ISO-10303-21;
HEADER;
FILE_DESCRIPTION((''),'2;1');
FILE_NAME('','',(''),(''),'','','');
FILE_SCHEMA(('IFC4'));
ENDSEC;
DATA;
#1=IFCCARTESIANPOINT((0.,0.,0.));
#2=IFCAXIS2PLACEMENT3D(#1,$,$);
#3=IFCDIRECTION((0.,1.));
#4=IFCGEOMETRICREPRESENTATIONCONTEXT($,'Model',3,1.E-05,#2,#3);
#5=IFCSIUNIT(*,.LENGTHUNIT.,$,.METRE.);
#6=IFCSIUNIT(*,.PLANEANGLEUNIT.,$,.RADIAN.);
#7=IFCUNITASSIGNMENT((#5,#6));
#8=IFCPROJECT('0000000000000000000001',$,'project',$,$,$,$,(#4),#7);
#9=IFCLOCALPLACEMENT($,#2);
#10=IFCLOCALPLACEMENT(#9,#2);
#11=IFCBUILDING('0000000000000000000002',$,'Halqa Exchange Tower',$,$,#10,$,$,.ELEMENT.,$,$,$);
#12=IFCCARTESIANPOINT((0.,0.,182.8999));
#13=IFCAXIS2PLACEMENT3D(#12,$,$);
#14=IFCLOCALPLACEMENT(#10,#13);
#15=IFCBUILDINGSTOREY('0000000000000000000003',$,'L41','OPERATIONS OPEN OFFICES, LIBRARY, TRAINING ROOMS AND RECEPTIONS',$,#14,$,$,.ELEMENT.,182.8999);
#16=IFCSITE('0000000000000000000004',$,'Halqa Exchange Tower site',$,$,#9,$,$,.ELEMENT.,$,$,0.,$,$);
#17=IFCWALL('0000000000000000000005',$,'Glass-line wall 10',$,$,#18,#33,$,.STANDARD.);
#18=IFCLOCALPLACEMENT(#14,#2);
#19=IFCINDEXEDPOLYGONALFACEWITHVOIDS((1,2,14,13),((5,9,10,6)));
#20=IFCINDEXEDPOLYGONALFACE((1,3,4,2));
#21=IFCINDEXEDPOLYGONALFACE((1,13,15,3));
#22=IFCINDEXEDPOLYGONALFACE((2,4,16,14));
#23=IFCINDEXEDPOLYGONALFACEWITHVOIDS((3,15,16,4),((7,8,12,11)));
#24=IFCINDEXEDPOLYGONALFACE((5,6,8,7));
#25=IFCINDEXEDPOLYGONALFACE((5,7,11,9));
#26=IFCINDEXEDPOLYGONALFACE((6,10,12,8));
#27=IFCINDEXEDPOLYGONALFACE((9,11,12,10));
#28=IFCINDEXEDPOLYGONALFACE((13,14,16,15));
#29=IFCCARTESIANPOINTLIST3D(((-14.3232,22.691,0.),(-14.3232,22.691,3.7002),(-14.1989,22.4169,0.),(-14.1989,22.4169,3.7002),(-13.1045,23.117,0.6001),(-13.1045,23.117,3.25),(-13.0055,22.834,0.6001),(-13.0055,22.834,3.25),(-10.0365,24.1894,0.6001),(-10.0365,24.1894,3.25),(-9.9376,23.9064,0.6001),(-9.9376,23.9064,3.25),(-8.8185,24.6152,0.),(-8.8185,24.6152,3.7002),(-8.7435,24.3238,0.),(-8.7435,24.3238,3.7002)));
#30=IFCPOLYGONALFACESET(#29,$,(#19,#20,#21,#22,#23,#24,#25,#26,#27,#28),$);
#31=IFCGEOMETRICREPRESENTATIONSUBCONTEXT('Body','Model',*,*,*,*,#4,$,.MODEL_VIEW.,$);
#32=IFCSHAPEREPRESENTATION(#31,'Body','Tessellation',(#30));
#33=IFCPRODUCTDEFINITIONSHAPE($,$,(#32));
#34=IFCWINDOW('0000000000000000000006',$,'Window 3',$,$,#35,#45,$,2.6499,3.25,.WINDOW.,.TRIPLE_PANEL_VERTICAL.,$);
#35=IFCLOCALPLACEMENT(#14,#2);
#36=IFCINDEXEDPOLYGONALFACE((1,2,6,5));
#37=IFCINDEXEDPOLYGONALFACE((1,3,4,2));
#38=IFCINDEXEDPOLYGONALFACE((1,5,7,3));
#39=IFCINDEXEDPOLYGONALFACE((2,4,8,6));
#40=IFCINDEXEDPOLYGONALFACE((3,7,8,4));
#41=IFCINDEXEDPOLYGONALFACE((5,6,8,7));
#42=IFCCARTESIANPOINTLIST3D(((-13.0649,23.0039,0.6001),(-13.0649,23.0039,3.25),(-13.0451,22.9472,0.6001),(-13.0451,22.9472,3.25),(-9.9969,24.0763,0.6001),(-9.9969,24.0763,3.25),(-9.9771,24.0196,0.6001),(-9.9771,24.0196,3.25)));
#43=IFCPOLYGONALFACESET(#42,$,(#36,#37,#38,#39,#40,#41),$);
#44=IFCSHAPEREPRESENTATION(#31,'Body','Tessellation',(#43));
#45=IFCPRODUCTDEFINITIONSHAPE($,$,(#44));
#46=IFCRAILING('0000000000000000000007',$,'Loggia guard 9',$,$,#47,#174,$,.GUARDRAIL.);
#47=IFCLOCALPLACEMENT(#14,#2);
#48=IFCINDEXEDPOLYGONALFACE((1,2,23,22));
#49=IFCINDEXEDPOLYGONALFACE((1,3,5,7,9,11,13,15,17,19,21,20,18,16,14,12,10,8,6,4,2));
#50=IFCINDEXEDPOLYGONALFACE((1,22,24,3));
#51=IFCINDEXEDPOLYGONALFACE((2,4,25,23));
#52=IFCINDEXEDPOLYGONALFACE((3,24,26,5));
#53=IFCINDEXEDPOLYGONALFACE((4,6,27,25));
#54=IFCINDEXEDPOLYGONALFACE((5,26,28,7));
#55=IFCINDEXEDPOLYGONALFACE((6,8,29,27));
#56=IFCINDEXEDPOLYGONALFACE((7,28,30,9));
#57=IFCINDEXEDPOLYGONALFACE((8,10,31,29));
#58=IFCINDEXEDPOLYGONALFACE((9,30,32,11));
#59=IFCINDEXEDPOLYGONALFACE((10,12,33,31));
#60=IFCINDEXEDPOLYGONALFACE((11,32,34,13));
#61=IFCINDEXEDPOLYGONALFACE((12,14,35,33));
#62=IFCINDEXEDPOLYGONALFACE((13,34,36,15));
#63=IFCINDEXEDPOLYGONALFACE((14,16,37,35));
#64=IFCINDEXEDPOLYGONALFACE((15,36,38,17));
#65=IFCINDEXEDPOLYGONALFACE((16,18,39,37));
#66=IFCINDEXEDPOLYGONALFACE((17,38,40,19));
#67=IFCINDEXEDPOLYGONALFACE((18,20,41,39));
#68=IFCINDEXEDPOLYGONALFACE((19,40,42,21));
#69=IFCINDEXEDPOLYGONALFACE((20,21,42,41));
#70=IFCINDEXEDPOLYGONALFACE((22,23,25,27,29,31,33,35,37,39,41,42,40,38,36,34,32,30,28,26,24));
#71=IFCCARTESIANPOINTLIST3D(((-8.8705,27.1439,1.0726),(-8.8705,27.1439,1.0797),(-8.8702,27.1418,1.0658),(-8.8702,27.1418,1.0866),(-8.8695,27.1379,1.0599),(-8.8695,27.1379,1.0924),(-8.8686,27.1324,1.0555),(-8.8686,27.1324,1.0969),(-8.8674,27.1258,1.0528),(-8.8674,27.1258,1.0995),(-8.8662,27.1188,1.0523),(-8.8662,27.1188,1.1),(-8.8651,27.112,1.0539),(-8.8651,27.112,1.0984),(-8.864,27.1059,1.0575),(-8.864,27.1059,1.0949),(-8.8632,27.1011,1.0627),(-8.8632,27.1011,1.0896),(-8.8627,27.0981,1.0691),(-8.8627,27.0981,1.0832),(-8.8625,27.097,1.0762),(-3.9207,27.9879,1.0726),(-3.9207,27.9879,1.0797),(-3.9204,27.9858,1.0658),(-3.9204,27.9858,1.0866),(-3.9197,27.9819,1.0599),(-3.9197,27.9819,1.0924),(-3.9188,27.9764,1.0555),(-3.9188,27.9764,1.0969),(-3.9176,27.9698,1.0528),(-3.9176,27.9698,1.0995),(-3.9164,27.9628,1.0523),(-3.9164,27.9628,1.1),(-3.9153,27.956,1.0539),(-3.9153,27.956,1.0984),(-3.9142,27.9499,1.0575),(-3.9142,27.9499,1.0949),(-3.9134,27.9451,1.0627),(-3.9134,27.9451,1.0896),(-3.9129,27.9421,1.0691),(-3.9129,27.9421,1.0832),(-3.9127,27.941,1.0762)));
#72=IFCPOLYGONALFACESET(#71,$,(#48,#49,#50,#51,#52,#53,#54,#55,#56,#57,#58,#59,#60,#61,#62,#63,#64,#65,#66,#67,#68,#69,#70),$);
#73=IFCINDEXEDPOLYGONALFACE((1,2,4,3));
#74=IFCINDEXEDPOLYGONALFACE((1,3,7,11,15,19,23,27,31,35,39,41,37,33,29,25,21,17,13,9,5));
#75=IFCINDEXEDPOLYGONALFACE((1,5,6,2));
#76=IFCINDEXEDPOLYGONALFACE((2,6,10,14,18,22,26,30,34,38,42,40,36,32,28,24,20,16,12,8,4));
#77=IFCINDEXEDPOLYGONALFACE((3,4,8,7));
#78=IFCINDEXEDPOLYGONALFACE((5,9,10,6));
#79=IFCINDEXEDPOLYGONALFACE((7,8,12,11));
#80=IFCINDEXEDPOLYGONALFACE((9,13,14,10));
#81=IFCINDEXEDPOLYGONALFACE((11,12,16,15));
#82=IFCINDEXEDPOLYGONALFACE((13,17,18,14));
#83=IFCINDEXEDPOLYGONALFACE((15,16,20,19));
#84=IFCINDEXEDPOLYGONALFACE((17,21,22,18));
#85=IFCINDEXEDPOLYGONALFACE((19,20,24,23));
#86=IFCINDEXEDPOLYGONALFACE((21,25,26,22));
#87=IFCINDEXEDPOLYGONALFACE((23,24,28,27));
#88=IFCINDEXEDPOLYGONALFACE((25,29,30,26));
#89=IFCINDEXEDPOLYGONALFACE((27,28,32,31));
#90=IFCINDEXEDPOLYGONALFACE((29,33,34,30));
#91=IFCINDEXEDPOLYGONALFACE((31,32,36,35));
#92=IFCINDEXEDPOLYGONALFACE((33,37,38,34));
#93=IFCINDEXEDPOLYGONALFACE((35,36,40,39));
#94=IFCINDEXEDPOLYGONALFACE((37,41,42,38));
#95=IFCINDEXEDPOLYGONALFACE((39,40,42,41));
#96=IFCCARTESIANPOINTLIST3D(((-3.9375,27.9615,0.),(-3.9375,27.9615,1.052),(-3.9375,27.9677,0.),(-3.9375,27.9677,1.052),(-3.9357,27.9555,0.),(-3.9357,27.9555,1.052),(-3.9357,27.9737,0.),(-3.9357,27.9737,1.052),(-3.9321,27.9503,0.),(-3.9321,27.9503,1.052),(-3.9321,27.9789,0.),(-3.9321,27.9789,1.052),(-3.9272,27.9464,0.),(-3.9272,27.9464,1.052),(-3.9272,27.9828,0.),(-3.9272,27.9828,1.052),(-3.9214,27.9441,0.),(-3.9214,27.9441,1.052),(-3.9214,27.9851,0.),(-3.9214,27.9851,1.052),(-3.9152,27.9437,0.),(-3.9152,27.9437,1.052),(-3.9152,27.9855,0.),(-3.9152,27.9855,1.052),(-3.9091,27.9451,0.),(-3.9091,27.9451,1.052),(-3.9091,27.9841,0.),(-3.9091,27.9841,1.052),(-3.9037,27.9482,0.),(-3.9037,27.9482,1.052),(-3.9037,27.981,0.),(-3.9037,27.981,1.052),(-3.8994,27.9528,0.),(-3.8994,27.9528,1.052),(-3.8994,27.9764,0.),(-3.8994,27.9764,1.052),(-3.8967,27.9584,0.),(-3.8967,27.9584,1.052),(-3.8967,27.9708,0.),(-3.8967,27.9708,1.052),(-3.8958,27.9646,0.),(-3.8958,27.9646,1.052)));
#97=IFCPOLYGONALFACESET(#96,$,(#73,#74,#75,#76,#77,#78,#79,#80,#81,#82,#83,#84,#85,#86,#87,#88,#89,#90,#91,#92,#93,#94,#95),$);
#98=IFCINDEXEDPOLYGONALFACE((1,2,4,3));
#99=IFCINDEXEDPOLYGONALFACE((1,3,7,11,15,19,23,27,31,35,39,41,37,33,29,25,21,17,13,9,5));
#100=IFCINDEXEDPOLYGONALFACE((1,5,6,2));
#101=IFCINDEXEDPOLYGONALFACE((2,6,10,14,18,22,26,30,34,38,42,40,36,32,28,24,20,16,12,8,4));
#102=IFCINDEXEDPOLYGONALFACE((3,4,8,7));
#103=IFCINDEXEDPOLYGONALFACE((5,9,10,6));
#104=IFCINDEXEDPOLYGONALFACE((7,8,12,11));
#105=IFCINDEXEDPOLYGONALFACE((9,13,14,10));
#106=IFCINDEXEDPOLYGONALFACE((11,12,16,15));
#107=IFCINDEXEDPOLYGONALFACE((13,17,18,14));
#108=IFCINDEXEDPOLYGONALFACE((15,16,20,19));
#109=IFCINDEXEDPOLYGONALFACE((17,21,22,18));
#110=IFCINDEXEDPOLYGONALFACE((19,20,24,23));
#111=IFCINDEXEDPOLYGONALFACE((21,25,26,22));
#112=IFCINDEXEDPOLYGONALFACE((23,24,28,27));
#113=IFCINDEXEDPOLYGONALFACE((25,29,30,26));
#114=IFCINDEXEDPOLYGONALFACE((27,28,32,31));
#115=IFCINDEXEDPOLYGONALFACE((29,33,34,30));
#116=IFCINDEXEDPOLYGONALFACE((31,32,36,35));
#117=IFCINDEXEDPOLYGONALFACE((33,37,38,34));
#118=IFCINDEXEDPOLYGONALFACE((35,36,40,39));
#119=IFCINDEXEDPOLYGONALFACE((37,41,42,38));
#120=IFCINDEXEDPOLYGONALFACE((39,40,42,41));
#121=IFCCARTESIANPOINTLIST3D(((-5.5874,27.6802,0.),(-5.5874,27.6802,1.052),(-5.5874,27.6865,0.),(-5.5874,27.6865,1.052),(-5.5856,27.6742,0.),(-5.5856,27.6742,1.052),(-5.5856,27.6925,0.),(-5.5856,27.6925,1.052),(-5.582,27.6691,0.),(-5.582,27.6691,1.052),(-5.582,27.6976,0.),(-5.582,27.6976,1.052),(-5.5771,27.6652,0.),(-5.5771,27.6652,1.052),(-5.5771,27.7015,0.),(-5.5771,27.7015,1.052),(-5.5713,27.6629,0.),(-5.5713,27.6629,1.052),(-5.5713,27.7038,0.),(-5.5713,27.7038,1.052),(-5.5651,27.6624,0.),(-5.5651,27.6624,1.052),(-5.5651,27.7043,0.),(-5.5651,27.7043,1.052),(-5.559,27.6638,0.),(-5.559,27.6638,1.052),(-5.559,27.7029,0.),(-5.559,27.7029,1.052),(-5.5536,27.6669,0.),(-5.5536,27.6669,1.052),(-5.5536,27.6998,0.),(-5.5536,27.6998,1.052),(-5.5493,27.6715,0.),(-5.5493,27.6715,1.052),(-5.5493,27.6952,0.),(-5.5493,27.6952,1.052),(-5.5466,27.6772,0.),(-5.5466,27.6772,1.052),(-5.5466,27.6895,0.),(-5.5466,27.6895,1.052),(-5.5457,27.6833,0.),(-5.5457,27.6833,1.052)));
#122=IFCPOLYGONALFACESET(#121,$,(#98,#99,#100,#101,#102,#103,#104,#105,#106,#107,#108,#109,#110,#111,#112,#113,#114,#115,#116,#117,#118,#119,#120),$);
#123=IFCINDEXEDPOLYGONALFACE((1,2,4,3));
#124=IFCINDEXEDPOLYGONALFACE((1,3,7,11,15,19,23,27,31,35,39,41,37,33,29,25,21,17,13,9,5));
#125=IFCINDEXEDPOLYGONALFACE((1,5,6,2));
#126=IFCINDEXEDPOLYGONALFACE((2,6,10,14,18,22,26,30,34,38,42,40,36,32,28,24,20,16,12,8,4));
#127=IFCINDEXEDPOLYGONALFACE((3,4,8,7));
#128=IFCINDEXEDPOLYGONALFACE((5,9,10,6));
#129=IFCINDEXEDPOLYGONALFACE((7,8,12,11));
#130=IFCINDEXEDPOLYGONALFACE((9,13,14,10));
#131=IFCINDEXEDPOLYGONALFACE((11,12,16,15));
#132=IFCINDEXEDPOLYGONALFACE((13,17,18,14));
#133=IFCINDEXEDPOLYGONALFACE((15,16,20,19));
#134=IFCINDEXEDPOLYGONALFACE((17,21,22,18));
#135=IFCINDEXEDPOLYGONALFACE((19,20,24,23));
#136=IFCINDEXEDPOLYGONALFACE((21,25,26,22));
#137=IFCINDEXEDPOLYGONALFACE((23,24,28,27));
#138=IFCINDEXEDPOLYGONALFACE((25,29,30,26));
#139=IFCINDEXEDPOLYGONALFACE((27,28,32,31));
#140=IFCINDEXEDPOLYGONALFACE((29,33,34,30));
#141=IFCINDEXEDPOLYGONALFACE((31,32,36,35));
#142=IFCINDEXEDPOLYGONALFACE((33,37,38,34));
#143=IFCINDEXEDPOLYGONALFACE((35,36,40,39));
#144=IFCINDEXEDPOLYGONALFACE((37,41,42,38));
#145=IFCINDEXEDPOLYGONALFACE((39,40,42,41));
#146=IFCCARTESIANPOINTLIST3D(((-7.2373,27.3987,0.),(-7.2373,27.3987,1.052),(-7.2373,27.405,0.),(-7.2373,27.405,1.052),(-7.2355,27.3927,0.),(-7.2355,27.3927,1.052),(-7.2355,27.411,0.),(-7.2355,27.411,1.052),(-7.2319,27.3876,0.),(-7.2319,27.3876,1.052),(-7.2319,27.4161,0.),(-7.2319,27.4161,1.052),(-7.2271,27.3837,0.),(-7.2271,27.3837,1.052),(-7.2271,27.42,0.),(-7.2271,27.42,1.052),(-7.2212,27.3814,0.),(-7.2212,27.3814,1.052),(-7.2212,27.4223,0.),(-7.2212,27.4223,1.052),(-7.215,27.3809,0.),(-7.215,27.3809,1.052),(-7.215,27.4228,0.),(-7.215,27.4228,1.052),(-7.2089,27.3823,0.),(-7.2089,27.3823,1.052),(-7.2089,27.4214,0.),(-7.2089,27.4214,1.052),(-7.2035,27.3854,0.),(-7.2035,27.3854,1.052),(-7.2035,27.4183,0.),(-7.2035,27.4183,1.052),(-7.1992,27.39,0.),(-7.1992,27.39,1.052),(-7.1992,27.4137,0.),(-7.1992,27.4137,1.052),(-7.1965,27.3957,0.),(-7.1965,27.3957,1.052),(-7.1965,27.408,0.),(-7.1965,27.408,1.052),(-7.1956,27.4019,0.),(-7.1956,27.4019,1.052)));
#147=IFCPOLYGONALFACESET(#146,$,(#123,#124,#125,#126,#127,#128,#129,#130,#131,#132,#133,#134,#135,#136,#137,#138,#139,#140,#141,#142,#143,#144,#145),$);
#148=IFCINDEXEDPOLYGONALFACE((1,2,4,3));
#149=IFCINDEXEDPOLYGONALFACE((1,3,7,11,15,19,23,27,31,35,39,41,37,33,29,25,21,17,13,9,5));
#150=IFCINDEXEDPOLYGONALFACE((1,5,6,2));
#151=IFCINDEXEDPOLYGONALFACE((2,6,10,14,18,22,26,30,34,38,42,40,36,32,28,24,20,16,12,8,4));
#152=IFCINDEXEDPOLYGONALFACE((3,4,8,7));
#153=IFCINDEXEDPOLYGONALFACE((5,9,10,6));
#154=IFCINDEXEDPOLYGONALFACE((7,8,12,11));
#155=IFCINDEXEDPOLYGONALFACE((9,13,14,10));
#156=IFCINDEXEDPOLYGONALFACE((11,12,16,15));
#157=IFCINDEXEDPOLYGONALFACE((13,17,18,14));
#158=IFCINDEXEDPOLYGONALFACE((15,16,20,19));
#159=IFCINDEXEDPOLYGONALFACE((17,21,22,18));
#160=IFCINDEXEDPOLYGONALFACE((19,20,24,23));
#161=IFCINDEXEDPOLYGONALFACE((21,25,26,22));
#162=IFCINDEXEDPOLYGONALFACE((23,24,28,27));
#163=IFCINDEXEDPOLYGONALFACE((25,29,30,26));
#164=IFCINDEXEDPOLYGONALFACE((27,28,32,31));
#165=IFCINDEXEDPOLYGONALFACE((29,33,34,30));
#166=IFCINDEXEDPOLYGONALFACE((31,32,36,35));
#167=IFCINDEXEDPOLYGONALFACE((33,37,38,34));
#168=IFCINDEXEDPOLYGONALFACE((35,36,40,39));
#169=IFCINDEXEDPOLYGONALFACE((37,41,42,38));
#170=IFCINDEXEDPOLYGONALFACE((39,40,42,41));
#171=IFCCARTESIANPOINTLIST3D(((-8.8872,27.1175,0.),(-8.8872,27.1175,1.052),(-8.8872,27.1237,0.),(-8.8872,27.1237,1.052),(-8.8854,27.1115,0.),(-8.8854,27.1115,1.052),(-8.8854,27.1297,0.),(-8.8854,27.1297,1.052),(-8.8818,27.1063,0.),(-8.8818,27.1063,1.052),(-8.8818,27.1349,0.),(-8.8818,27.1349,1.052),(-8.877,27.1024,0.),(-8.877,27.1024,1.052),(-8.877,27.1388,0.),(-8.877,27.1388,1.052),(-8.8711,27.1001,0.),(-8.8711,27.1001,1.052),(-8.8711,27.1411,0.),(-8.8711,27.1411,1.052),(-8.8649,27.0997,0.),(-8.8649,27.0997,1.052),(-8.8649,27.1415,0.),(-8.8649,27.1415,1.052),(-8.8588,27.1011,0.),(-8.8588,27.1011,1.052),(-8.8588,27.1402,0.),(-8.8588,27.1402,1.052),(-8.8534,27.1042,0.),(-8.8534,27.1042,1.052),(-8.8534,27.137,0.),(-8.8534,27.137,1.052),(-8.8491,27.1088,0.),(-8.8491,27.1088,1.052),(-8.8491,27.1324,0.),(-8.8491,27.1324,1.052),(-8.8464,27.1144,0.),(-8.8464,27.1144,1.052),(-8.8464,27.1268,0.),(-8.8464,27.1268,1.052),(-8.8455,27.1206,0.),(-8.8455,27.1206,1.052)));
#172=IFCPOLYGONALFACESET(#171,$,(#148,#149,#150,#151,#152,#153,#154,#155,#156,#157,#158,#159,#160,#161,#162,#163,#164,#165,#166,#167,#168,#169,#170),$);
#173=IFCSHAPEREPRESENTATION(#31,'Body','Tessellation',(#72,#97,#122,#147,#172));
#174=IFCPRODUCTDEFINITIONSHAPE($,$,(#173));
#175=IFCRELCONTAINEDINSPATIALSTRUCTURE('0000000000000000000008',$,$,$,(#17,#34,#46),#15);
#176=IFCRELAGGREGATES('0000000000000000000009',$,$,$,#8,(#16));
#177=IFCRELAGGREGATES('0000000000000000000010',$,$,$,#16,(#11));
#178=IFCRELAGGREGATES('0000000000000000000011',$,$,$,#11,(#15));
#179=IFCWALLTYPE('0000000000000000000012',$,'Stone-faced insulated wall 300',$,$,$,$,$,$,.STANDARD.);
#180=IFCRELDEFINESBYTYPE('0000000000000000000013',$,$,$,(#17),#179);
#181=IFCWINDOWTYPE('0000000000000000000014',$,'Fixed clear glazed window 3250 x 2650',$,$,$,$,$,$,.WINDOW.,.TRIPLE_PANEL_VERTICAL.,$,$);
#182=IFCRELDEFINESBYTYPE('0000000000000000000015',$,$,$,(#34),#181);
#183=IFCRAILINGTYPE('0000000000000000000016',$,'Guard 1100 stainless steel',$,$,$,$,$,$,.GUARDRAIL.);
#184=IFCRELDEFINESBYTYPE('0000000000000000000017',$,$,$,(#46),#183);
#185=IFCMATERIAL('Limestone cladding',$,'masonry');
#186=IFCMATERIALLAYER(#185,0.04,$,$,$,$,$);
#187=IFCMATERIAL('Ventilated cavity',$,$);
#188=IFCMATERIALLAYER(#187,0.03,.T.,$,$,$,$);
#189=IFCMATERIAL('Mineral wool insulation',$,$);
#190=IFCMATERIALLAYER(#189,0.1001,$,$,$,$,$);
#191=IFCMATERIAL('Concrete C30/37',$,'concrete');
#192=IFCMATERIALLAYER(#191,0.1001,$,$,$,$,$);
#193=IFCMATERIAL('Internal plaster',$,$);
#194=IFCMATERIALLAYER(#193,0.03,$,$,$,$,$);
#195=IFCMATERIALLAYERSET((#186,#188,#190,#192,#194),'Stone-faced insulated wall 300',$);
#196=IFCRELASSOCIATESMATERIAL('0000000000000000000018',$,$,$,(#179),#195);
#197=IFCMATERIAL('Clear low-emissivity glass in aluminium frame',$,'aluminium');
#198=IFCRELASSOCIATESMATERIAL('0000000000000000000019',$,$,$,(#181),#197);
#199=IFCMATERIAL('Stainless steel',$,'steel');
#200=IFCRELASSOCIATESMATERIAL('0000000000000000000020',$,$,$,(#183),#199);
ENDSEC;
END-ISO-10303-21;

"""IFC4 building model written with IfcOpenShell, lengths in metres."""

from ifc_helpers import new_model, si_unit, direction, frame, frame_2d, origin, origin_2d, place, context, subcontext, project, spatial, polyline, rectangle, circle, outline, extrude, material, layer, layer_set, type_object, element, fill, save


model = new_model("IFC4")

# Units and contexts
model_context = context("Model", 3, precision=1e-05, world=origin(), true_north=direction((0.0, 1.0)))
body_context = subcontext(model_context, "Body", "Model", "MODEL_VIEW")
ifc_project = project(units=[si_unit("LENGTHUNIT", "METRE"), si_unit("PLANEANGLEUNIT", "RADIAN")], contexts=[model_context])

# Site, building, storey
site_placement = place(None, origin())
site = spatial("IfcSite", under=ifc_project, at=site_placement, Name="Halqa Exchange Tower site", CompositionType="ELEMENT", RefElevation=0.0)
building_placement = place(site_placement, origin())
building = spatial("IfcBuilding", under=site, at=building_placement, Name="Halqa Exchange Tower", CompositionType="ELEMENT")
storey_placement = place(building_placement, frame((0.0, 0.0, 182.8999)))
storey = spatial("IfcBuildingStorey", under=building, at=storey_placement, Name="L41", Description="OPERATIONS OPEN OFFICES, LIBRARY, TRAINING ROOMS AND RECEPTIONS", CompositionType="ELEMENT", Elevation=182.8999)

# Shared definitions
ifc_material_1 = material(Name="Concrete C30/37", Category="concrete")

# Wall, opening, window
ifc_material_2 = material(Name="Limestone cladding", Category="masonry")
ifc_layer_1 = layer(ifc_material_2, 0.04)
ifc_material_3 = material(Name="Ventilated cavity")
ifc_layer_2 = layer(ifc_material_3, 0.03, ventilated=True)
ifc_material_4 = material(Name="Mineral wool insulation")
ifc_layer_3 = layer(ifc_material_4, 0.1001)
ifc_layer_4 = layer(ifc_material_1, 0.1001)
ifc_material_5 = material(Name="Internal plaster")
ifc_layer_5 = layer(ifc_material_5, 0.03)
ifc_layer_set_1 = layer_set([ifc_layer_1, ifc_layer_2, ifc_layer_3, ifc_layer_4, ifc_layer_5], Name="Stone-faced insulated wall 300")
wall_type_1 = type_object("IfcWallType", Name="Stone-faced insulated wall 300", PredefinedType="STANDARD", material=ifc_layer_set_1)
ifc_material_6 = material(Name="Clear low-emissivity glass in aluminium frame", Category="aluminium")
window_type = type_object("IfcWindowType", Name="Fixed clear glazed window 3250 x 2650", PartitioningType="TRIPLE_PANEL_VERTICAL", PredefinedType="WINDOW", material=ifc_material_6)
wall_1_placement = place(storey_placement, frame((-8.781, 24.4695, 0.0), z_axis=(0.0, 0.0, 1.0), x_axis=(-0.943991, -0.329972, 0.0)))
wall_1 = element("IfcWall", 1, at=wall_1_placement, inside=storey, type_object=wall_type_1, Name="Glass-line wall 10", PredefinedType="STANDARD", context=body_context, shape_type="SweptSolid", body=[
    extrude(outline(polyline([(-0.0127, -0.1499), (5.8186, -0.1499), (5.7917, 0.1499), (0.0127, 0.1499), (-0.0127, -0.1499)])), origin(), (0.0, 0.0, 1.0), 3.7002),
])
opening_1_placement = place(wall_1_placement, frame((1.2776, 0.0, 0.6001)))
opening_1 = element("IfcOpeningElement", 2, at=opening_1_placement, cuts=wall_1, PredefinedType="OPENING", context=body_context, shape_type="SweptSolid", body=[
    extrude(rectangle(XDim=3.25, YDim=2.6499, at=frame_2d((1.625, 1.325))), frame((0.0, 0.1621, 0.0), z_axis=(0.0, -1.0, 0.0), x_axis=(1.0, 0.0, 0.0)), (0.0, 0.0, 1.0), 0.324),
])
window_1_placement = place(opening_1_placement, origin())
window_1 = element("IfcWindow", 3, at=window_1_placement, inside=storey, type_object=window_type, Name="Window 3", OverallHeight=2.6499, OverallWidth=3.25, PartitioningType="TRIPLE_PANEL_VERTICAL", PredefinedType="WINDOW", context=body_context, shape_type="SweptSolid", body=[
    extrude(rectangle(XDim=3.25, YDim=2.6499, at=frame_2d((1.625, 1.325))), frame((0.0, 0.03, 0.0), z_axis=(0.0, -1.0, 0.0), x_axis=(1.0, 0.0, 0.0)), (0.0, 0.0, 1.0), 0.0601),
])
fill(opening_1, window_1)

# Railing
ifc_material_7 = material(Name="Stainless steel", Category="steel")
railing_type_1 = type_object("IfcRailingType", Name="Guard 1100 stainless steel", PredefinedType="GUARDRAIL", material=ifc_material_7)
railing_1_placement = place(storey_placement, frame((-3.9167, 27.9646, 0.0)))
element("IfcRailing", 4, at=railing_1_placement, inside=storey, type_object=railing_type_1, Name="Loggia guard 9", PredefinedType="GUARDRAIL", context=body_context, shape_type="SweptSolid", body=[
    extrude(circle(Radius=0.0239, at=origin_2d()), frame((0.0, 0.0, 1.0762), z_axis=(-0.985772, -0.168088, 0.0), x_axis=(0.168088, -0.985772, 0.0)), (0.0, 0.0, 1.0), 5.0212),
    extrude(circle(Radius=0.021, at=origin_2d()), origin(), (0.0, 0.0, 1.0), 1.052),
    extrude(circle(Radius=0.021, at=origin_2d()), frame((-1.6499, -0.2812, 0.0)), (0.0, 0.0, 1.0), 1.052),
    extrude(circle(Radius=0.021, at=origin_2d()), frame((-3.2998, -0.5627, 0.0)), (0.0, 0.0, 1.0), 1.052),
    extrude(circle(Radius=0.021, at=origin_2d()), frame((-4.9497, -0.844, 0.0)), (0.0, 0.0, 1.0), 1.052),
])

save(model, "model.ifc")
